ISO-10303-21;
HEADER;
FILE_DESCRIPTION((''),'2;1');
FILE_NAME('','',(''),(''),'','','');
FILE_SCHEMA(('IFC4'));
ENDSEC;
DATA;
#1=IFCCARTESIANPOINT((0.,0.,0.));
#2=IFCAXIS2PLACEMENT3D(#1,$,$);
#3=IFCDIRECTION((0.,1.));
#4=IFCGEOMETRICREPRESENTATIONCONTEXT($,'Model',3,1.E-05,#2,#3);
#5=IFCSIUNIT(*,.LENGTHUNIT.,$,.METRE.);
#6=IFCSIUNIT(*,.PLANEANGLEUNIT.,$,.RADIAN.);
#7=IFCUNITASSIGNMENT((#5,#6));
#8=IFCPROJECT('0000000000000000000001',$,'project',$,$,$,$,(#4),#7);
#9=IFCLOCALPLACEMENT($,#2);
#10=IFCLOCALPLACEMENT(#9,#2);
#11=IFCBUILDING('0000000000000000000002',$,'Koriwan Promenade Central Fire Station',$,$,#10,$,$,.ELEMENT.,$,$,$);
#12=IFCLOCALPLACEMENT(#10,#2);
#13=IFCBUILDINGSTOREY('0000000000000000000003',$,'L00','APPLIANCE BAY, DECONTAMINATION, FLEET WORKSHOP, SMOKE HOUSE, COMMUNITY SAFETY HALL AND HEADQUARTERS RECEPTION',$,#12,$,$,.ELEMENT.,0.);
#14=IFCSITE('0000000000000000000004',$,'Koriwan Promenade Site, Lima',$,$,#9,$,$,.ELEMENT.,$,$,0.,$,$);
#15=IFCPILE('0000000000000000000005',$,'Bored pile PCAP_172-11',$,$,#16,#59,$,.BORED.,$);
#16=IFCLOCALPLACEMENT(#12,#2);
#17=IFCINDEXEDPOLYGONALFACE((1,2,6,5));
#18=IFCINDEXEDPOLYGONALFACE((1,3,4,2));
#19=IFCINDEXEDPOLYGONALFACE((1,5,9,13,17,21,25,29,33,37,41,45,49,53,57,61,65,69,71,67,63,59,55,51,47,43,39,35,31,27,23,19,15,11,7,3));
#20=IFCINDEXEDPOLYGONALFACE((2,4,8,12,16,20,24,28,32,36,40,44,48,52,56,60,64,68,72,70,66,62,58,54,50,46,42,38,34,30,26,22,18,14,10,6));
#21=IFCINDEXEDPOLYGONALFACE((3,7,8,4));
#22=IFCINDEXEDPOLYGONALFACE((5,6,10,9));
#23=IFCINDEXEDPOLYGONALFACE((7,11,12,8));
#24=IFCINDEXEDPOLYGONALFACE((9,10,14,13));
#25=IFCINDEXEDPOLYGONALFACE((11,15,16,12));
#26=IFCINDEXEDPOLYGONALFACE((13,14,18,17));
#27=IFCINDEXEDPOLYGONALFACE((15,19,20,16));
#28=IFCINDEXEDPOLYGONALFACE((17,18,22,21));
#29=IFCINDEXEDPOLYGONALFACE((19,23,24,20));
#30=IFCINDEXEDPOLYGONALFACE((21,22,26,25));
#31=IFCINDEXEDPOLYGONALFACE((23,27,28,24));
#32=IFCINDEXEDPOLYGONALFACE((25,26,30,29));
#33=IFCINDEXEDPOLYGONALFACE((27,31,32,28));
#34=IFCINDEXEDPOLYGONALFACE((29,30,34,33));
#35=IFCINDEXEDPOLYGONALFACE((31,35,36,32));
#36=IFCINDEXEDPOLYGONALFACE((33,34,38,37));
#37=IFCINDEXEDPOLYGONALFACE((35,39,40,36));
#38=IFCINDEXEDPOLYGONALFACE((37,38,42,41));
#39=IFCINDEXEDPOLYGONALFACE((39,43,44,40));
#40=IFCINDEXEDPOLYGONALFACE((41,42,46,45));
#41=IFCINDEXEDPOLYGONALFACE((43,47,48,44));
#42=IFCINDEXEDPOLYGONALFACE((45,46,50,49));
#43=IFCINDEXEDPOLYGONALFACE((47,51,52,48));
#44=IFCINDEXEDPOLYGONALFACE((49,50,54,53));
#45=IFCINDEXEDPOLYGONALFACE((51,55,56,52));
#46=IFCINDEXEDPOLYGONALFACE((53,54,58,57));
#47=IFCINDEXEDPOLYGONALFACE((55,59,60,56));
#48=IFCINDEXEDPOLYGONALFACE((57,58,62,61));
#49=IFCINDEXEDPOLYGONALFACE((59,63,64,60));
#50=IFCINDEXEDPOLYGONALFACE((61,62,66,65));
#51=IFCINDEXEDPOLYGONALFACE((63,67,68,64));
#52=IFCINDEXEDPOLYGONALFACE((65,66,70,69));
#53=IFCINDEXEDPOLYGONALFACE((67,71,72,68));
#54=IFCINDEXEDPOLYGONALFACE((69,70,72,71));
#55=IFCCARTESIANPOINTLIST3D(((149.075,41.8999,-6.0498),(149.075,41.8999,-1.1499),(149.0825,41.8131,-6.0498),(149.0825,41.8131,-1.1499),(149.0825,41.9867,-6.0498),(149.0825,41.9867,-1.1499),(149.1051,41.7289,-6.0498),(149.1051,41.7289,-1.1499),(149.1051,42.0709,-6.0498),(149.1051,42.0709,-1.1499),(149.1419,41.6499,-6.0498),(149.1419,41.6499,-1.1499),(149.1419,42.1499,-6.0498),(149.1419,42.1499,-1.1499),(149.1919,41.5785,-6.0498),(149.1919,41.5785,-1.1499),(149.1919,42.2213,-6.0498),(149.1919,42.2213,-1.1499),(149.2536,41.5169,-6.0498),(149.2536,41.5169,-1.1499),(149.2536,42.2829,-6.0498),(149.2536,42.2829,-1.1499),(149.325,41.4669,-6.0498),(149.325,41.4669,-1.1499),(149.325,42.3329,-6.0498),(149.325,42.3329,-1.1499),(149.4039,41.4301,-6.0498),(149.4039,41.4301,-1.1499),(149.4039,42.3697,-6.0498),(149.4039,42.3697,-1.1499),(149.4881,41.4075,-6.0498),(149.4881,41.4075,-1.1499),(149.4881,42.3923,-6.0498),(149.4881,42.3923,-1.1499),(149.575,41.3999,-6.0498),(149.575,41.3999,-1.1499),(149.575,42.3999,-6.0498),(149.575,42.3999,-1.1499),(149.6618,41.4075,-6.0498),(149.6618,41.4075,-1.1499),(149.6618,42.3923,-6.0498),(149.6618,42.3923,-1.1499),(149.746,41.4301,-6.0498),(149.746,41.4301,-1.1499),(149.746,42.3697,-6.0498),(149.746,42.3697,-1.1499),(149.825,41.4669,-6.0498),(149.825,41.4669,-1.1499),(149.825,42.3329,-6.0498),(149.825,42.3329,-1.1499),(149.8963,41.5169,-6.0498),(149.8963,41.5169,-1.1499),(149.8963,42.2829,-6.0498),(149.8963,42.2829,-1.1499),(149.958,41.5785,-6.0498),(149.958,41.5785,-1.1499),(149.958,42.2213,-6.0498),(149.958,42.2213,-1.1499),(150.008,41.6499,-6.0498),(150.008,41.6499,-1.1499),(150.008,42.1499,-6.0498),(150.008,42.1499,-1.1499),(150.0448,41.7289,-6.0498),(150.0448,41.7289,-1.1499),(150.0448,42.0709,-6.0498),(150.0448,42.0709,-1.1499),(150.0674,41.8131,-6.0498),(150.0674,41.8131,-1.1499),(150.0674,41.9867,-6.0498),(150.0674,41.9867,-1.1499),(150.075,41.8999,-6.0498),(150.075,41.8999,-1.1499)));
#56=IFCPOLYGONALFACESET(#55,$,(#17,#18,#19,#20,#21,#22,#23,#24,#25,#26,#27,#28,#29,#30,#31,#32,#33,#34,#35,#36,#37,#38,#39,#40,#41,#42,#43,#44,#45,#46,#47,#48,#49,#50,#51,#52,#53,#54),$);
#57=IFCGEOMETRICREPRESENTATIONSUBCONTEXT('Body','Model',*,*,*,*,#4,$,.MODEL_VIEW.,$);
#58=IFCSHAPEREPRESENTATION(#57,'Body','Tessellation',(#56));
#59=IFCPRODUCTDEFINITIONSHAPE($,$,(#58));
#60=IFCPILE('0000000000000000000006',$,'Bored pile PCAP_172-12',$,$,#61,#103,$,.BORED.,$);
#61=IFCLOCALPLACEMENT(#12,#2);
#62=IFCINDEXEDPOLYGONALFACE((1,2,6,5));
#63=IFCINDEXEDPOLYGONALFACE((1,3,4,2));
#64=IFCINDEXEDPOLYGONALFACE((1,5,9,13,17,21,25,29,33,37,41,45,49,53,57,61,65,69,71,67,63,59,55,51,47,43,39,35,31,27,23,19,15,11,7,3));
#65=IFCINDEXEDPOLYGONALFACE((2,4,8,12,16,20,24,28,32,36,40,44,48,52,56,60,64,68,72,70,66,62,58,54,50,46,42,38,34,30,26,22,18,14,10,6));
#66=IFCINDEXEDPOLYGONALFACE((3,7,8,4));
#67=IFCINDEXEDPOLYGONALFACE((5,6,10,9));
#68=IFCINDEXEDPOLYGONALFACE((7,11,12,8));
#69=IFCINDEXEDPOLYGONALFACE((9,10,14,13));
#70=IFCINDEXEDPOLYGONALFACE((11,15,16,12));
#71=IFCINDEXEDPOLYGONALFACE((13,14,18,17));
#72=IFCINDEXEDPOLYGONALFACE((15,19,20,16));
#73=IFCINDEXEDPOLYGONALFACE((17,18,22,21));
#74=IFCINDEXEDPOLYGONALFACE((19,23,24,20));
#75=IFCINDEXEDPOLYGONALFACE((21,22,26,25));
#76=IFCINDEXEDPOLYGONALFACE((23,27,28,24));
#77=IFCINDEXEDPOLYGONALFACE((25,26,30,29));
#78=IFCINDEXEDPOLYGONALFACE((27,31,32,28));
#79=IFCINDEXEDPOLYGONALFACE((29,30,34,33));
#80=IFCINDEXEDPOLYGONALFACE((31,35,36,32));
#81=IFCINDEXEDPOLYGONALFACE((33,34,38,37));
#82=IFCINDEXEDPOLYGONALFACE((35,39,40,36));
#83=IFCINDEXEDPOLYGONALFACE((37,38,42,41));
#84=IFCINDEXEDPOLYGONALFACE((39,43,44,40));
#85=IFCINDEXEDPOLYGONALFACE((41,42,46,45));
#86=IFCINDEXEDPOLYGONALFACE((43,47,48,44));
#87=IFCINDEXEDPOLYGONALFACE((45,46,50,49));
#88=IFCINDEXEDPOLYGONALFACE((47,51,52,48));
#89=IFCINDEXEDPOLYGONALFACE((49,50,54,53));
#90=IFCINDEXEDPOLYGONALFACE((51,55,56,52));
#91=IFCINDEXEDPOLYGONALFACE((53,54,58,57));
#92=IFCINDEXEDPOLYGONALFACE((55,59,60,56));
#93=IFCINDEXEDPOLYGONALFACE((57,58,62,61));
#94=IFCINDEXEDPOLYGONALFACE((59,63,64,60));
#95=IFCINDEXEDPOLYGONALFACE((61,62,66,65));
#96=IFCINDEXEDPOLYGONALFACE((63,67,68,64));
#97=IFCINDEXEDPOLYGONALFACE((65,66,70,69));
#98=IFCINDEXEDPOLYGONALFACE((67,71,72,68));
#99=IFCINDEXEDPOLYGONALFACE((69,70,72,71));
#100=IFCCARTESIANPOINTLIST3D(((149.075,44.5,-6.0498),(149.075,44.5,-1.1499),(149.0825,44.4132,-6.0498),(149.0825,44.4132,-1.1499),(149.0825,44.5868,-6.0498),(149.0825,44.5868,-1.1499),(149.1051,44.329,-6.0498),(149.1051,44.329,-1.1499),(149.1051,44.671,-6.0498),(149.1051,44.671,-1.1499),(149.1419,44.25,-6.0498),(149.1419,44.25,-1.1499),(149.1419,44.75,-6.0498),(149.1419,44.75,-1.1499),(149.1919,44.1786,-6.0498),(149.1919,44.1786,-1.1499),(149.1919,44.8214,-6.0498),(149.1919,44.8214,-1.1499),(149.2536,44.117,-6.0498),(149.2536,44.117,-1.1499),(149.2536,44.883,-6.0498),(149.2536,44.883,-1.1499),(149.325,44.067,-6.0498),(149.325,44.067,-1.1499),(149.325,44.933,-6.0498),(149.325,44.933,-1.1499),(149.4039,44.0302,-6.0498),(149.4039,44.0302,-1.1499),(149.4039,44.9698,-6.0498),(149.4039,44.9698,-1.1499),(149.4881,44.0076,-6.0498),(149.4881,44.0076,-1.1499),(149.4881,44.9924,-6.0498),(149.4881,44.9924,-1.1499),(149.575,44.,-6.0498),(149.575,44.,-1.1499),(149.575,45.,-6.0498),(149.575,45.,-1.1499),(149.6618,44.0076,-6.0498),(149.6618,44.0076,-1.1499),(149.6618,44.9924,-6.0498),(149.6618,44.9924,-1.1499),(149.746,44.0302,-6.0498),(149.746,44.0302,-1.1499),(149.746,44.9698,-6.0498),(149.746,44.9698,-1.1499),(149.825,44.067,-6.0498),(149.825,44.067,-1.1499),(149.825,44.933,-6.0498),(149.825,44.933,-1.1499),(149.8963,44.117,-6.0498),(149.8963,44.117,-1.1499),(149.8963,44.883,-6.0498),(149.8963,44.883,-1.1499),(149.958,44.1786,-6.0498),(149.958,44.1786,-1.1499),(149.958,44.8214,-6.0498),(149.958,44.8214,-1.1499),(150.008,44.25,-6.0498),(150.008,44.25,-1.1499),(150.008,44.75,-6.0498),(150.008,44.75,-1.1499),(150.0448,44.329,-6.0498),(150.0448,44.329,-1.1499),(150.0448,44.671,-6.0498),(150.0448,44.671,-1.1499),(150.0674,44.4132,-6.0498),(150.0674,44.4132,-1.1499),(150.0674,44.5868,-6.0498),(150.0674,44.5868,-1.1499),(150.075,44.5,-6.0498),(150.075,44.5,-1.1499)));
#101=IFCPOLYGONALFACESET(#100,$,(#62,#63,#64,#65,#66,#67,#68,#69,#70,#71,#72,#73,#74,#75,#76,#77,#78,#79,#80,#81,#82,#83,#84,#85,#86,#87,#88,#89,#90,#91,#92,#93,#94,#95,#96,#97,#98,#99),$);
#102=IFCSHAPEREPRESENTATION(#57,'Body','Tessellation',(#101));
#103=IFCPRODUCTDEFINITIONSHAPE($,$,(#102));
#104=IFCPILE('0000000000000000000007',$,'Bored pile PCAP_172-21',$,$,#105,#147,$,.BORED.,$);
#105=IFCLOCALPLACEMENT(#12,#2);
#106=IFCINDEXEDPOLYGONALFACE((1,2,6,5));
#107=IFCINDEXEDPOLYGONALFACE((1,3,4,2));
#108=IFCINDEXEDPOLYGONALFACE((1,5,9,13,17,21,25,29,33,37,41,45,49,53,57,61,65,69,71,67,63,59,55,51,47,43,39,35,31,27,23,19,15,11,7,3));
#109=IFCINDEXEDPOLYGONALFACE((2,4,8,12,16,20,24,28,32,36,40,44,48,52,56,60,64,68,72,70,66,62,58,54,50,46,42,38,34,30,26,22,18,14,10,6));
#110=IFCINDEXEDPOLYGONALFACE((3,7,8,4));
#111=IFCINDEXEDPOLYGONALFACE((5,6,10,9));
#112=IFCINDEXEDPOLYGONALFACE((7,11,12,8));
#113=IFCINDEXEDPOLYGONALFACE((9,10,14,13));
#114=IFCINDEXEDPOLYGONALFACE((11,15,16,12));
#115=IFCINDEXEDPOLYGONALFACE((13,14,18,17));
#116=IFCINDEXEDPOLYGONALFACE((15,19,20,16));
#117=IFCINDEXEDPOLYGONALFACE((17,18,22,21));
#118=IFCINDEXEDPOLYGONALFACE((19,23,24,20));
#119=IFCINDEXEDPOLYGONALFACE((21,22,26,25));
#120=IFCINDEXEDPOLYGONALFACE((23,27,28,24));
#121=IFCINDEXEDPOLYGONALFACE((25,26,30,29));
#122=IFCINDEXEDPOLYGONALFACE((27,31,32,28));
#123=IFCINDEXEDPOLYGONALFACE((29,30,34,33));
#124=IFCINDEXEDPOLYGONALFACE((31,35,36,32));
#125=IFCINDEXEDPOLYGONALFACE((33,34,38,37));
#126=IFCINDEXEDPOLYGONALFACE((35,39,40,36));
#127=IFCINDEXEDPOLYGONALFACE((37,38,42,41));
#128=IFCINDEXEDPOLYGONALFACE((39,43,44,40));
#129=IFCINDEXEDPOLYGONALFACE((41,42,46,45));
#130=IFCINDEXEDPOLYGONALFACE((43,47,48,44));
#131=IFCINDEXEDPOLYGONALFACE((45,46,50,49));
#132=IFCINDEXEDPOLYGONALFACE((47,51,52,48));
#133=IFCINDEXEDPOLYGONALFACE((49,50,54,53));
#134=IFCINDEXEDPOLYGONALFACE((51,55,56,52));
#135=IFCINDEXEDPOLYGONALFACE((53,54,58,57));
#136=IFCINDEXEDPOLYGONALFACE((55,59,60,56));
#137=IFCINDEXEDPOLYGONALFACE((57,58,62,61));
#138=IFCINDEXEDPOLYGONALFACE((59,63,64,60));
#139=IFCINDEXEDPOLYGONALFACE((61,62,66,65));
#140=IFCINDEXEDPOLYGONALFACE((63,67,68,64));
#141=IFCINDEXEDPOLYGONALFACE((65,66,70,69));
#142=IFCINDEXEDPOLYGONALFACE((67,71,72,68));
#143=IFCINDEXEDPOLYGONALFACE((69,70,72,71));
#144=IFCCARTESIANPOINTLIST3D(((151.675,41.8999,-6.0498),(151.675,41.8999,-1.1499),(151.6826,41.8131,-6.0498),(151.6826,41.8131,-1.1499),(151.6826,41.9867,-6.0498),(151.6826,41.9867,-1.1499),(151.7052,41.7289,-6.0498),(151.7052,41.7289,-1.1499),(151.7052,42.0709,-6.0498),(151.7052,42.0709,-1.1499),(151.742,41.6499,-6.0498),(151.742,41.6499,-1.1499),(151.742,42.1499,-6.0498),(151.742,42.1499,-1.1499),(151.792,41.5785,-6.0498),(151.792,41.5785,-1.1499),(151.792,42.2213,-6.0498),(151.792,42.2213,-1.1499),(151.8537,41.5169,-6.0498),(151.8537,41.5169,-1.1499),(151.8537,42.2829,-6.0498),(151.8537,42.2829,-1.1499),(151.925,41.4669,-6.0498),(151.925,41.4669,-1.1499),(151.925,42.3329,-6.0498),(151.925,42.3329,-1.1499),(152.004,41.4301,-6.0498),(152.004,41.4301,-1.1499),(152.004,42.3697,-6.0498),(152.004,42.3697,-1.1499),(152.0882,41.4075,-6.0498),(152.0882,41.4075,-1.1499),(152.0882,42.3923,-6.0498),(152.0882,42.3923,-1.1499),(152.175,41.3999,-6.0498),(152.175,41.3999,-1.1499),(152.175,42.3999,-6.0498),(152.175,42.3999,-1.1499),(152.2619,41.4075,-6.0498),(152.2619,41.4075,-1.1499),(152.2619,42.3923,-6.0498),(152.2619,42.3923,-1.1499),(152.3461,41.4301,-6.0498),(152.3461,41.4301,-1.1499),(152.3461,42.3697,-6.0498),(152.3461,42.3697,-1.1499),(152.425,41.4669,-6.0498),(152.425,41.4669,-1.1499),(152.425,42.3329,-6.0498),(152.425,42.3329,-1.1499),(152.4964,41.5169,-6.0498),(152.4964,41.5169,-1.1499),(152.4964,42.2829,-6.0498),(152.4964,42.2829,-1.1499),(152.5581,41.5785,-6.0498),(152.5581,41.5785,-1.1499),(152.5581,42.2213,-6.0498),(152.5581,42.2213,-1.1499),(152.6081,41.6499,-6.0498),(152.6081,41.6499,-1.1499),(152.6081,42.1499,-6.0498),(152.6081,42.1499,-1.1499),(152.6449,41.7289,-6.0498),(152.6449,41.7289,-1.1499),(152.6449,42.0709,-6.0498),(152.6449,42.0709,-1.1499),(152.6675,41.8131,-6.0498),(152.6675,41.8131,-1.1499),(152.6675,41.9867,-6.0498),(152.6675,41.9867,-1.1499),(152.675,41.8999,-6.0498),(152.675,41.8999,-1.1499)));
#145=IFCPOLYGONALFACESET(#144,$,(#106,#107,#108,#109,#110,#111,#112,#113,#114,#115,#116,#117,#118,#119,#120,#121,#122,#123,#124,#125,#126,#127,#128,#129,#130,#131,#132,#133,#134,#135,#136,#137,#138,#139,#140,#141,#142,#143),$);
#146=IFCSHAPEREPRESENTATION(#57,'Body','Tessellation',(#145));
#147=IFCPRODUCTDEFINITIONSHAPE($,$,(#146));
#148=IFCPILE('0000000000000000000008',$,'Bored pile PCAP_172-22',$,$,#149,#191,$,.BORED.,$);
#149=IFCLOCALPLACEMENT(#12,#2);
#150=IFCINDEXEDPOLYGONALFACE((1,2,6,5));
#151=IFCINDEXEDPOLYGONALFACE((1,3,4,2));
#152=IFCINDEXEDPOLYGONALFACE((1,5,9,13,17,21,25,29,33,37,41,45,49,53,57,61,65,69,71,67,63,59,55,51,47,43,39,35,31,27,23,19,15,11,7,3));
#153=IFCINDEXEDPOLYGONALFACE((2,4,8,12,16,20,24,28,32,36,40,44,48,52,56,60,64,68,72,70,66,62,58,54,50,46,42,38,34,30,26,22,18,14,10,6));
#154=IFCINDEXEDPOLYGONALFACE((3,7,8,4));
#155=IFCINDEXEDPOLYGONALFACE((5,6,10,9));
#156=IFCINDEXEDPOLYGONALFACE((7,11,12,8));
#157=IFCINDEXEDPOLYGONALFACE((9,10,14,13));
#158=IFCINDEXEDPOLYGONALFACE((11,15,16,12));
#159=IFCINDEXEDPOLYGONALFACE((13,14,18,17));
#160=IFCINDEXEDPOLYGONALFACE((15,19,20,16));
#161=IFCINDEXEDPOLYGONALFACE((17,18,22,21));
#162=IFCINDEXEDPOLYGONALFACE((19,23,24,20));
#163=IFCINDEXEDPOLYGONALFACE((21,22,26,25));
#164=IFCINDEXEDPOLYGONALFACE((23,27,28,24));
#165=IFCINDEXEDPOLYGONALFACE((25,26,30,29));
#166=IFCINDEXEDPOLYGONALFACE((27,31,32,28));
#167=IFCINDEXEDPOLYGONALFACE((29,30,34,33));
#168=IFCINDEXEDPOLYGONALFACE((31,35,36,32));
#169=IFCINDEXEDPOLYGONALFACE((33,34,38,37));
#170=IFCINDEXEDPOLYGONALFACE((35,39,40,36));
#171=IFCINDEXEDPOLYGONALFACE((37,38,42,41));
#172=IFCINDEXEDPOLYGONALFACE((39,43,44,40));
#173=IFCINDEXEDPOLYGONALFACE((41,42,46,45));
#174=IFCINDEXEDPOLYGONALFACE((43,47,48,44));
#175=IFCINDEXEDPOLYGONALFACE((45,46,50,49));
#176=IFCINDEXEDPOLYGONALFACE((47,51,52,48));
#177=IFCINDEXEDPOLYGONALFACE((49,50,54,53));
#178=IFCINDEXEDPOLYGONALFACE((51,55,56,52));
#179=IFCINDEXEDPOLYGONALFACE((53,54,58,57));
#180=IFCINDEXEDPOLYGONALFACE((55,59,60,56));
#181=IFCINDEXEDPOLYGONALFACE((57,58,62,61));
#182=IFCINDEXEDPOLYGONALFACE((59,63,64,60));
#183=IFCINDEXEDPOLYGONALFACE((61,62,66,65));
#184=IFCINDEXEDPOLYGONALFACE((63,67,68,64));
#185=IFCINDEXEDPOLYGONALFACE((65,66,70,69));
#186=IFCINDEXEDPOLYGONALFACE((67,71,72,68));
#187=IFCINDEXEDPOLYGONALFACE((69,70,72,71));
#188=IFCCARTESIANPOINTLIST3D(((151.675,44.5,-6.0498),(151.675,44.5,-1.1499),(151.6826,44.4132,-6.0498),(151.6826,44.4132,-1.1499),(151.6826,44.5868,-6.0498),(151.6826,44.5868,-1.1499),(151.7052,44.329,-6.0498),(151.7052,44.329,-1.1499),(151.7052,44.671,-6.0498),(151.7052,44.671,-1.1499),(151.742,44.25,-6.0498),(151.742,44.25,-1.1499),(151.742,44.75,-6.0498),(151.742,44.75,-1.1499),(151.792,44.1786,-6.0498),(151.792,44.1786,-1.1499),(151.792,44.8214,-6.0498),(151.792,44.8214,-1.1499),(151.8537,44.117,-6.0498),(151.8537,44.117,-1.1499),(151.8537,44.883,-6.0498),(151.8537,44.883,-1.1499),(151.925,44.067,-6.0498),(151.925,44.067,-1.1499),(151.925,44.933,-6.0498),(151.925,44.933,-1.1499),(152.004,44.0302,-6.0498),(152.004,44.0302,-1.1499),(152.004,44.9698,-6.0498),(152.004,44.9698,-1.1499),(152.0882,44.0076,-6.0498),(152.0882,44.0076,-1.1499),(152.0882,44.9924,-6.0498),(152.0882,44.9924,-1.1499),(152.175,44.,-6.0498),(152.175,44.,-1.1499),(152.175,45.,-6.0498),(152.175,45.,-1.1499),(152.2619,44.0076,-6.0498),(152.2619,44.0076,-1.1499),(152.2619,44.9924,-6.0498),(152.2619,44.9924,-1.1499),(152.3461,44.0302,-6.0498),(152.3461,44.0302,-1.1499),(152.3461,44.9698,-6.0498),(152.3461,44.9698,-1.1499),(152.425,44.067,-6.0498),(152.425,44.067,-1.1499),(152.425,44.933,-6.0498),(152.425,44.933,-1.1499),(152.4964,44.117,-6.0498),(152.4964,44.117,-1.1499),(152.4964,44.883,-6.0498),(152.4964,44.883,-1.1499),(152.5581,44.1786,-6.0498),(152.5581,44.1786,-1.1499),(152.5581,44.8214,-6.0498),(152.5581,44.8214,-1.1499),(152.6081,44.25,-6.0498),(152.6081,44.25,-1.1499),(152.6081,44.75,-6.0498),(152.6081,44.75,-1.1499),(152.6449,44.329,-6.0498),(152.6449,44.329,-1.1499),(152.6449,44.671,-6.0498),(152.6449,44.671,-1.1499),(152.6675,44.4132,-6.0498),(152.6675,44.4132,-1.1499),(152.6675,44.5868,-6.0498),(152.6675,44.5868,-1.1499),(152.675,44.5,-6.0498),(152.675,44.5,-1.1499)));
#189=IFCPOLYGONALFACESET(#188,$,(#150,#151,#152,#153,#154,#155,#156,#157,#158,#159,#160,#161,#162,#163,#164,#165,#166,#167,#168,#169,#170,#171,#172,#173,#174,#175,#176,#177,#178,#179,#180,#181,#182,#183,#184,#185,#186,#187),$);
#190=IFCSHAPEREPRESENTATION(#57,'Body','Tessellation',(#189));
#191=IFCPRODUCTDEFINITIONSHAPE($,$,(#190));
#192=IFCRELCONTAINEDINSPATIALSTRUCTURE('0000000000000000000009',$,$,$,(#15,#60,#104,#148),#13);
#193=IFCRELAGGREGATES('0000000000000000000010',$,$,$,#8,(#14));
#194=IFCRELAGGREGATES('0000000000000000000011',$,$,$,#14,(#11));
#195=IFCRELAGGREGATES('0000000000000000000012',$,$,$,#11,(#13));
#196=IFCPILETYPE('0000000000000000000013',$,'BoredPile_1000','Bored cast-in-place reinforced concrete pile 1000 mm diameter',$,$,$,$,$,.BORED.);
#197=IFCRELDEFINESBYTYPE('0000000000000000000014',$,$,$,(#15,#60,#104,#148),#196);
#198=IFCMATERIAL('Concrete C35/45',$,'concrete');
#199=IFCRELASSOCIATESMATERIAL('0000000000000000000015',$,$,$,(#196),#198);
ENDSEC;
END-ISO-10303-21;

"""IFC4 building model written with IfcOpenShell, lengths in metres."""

from ifc_helpers import new_model, si_unit, direction, frame, origin, origin_2d, place, context, subcontext, project, spatial, circle, extrude, material, material_profile, profile_set, type_object, element, save


model = new_model("IFC4")

# Units and contexts
model_context = context("Model", 3, precision=1e-05, world=origin(), true_north=direction((0.0, 1.0)))
body_context = subcontext(model_context, "Body", "Model", "MODEL_VIEW")
ifc_project = project(units=[si_unit("LENGTHUNIT", "METRE"), si_unit("PLANEANGLEUNIT", "RADIAN")], contexts=[model_context])

# Site, building, storey
site_placement = place(None, origin())
site = spatial("IfcSite", under=ifc_project, at=site_placement, Name="Koriwan Promenade Site, Lima", CompositionType="ELEMENT", RefElevation=0.0)
building_placement = place(site_placement, origin())
building = spatial("IfcBuilding", under=site, at=building_placement, Name="Koriwan Promenade Central Fire Station", CompositionType="ELEMENT")
storey_placement = place(building_placement, origin())
storey = spatial("IfcBuildingStorey", under=building, at=storey_placement, Name="L00", Description="APPLIANCE BAY, DECONTAMINATION, FLEET WORKSHOP, SMOKE HOUSE, COMMUNITY SAFETY HALL AND HEADQUARTERS RECEPTION", CompositionType="ELEMENT", Elevation=0.0)

# Piles
ifc_material_1 = material(Name="Concrete C35/45", Category="concrete")
ifc_material_profile_1 = material_profile(ifc_material_1, circle(Radius=0.5, at=origin_2d()), Name="PILE-D1000")
ifc_profile_set_1 = profile_set([ifc_material_profile_1], Name="Concrete C35/45")
pile_type_1 = type_object("IfcPileType", Name="BoredPile_1000", Description="Bored cast-in-place reinforced concrete pile 1000 mm diameter", PredefinedType="BORED", material=ifc_profile_set_1)
for number, where, z_axis, x_axis, name in (
    (1, (149.575, 41.8999, -1.1499), (0.0, 0.0, -1.0), (1.0, 0.0, 0.0), "Bored pile PCAP_172-11"),
    (2, (149.575, 44.5, -1.1499), (0.0, 0.0, -1.0), (1.0, 0.0, 0.0), "Bored pile PCAP_172-12"),
    (3, (152.175, 41.8999, -1.1499), (0.0, 0.0, -1.0), (1.0, 0.0, 0.0), "Bored pile PCAP_172-21"),
    (4, (152.175, 44.5, -1.1499), (0.0, 0.0, -1.0), (1.0, 0.0, 0.0), "Bored pile PCAP_172-22"),
):
    element("IfcPile", number, at=place(storey_placement, frame(where, z_axis=z_axis, x_axis=x_axis)), inside=storey, type_object=pile_type_1, Name=name, PredefinedType="BORED", context=body_context, shape_type="SweptSolid", body=[
        extrude(circle(Radius=0.5, at=origin_2d()), origin(), (0.0, 0.0, 1.0), 4.8999),
    ])

save(model, "model.ifc")
